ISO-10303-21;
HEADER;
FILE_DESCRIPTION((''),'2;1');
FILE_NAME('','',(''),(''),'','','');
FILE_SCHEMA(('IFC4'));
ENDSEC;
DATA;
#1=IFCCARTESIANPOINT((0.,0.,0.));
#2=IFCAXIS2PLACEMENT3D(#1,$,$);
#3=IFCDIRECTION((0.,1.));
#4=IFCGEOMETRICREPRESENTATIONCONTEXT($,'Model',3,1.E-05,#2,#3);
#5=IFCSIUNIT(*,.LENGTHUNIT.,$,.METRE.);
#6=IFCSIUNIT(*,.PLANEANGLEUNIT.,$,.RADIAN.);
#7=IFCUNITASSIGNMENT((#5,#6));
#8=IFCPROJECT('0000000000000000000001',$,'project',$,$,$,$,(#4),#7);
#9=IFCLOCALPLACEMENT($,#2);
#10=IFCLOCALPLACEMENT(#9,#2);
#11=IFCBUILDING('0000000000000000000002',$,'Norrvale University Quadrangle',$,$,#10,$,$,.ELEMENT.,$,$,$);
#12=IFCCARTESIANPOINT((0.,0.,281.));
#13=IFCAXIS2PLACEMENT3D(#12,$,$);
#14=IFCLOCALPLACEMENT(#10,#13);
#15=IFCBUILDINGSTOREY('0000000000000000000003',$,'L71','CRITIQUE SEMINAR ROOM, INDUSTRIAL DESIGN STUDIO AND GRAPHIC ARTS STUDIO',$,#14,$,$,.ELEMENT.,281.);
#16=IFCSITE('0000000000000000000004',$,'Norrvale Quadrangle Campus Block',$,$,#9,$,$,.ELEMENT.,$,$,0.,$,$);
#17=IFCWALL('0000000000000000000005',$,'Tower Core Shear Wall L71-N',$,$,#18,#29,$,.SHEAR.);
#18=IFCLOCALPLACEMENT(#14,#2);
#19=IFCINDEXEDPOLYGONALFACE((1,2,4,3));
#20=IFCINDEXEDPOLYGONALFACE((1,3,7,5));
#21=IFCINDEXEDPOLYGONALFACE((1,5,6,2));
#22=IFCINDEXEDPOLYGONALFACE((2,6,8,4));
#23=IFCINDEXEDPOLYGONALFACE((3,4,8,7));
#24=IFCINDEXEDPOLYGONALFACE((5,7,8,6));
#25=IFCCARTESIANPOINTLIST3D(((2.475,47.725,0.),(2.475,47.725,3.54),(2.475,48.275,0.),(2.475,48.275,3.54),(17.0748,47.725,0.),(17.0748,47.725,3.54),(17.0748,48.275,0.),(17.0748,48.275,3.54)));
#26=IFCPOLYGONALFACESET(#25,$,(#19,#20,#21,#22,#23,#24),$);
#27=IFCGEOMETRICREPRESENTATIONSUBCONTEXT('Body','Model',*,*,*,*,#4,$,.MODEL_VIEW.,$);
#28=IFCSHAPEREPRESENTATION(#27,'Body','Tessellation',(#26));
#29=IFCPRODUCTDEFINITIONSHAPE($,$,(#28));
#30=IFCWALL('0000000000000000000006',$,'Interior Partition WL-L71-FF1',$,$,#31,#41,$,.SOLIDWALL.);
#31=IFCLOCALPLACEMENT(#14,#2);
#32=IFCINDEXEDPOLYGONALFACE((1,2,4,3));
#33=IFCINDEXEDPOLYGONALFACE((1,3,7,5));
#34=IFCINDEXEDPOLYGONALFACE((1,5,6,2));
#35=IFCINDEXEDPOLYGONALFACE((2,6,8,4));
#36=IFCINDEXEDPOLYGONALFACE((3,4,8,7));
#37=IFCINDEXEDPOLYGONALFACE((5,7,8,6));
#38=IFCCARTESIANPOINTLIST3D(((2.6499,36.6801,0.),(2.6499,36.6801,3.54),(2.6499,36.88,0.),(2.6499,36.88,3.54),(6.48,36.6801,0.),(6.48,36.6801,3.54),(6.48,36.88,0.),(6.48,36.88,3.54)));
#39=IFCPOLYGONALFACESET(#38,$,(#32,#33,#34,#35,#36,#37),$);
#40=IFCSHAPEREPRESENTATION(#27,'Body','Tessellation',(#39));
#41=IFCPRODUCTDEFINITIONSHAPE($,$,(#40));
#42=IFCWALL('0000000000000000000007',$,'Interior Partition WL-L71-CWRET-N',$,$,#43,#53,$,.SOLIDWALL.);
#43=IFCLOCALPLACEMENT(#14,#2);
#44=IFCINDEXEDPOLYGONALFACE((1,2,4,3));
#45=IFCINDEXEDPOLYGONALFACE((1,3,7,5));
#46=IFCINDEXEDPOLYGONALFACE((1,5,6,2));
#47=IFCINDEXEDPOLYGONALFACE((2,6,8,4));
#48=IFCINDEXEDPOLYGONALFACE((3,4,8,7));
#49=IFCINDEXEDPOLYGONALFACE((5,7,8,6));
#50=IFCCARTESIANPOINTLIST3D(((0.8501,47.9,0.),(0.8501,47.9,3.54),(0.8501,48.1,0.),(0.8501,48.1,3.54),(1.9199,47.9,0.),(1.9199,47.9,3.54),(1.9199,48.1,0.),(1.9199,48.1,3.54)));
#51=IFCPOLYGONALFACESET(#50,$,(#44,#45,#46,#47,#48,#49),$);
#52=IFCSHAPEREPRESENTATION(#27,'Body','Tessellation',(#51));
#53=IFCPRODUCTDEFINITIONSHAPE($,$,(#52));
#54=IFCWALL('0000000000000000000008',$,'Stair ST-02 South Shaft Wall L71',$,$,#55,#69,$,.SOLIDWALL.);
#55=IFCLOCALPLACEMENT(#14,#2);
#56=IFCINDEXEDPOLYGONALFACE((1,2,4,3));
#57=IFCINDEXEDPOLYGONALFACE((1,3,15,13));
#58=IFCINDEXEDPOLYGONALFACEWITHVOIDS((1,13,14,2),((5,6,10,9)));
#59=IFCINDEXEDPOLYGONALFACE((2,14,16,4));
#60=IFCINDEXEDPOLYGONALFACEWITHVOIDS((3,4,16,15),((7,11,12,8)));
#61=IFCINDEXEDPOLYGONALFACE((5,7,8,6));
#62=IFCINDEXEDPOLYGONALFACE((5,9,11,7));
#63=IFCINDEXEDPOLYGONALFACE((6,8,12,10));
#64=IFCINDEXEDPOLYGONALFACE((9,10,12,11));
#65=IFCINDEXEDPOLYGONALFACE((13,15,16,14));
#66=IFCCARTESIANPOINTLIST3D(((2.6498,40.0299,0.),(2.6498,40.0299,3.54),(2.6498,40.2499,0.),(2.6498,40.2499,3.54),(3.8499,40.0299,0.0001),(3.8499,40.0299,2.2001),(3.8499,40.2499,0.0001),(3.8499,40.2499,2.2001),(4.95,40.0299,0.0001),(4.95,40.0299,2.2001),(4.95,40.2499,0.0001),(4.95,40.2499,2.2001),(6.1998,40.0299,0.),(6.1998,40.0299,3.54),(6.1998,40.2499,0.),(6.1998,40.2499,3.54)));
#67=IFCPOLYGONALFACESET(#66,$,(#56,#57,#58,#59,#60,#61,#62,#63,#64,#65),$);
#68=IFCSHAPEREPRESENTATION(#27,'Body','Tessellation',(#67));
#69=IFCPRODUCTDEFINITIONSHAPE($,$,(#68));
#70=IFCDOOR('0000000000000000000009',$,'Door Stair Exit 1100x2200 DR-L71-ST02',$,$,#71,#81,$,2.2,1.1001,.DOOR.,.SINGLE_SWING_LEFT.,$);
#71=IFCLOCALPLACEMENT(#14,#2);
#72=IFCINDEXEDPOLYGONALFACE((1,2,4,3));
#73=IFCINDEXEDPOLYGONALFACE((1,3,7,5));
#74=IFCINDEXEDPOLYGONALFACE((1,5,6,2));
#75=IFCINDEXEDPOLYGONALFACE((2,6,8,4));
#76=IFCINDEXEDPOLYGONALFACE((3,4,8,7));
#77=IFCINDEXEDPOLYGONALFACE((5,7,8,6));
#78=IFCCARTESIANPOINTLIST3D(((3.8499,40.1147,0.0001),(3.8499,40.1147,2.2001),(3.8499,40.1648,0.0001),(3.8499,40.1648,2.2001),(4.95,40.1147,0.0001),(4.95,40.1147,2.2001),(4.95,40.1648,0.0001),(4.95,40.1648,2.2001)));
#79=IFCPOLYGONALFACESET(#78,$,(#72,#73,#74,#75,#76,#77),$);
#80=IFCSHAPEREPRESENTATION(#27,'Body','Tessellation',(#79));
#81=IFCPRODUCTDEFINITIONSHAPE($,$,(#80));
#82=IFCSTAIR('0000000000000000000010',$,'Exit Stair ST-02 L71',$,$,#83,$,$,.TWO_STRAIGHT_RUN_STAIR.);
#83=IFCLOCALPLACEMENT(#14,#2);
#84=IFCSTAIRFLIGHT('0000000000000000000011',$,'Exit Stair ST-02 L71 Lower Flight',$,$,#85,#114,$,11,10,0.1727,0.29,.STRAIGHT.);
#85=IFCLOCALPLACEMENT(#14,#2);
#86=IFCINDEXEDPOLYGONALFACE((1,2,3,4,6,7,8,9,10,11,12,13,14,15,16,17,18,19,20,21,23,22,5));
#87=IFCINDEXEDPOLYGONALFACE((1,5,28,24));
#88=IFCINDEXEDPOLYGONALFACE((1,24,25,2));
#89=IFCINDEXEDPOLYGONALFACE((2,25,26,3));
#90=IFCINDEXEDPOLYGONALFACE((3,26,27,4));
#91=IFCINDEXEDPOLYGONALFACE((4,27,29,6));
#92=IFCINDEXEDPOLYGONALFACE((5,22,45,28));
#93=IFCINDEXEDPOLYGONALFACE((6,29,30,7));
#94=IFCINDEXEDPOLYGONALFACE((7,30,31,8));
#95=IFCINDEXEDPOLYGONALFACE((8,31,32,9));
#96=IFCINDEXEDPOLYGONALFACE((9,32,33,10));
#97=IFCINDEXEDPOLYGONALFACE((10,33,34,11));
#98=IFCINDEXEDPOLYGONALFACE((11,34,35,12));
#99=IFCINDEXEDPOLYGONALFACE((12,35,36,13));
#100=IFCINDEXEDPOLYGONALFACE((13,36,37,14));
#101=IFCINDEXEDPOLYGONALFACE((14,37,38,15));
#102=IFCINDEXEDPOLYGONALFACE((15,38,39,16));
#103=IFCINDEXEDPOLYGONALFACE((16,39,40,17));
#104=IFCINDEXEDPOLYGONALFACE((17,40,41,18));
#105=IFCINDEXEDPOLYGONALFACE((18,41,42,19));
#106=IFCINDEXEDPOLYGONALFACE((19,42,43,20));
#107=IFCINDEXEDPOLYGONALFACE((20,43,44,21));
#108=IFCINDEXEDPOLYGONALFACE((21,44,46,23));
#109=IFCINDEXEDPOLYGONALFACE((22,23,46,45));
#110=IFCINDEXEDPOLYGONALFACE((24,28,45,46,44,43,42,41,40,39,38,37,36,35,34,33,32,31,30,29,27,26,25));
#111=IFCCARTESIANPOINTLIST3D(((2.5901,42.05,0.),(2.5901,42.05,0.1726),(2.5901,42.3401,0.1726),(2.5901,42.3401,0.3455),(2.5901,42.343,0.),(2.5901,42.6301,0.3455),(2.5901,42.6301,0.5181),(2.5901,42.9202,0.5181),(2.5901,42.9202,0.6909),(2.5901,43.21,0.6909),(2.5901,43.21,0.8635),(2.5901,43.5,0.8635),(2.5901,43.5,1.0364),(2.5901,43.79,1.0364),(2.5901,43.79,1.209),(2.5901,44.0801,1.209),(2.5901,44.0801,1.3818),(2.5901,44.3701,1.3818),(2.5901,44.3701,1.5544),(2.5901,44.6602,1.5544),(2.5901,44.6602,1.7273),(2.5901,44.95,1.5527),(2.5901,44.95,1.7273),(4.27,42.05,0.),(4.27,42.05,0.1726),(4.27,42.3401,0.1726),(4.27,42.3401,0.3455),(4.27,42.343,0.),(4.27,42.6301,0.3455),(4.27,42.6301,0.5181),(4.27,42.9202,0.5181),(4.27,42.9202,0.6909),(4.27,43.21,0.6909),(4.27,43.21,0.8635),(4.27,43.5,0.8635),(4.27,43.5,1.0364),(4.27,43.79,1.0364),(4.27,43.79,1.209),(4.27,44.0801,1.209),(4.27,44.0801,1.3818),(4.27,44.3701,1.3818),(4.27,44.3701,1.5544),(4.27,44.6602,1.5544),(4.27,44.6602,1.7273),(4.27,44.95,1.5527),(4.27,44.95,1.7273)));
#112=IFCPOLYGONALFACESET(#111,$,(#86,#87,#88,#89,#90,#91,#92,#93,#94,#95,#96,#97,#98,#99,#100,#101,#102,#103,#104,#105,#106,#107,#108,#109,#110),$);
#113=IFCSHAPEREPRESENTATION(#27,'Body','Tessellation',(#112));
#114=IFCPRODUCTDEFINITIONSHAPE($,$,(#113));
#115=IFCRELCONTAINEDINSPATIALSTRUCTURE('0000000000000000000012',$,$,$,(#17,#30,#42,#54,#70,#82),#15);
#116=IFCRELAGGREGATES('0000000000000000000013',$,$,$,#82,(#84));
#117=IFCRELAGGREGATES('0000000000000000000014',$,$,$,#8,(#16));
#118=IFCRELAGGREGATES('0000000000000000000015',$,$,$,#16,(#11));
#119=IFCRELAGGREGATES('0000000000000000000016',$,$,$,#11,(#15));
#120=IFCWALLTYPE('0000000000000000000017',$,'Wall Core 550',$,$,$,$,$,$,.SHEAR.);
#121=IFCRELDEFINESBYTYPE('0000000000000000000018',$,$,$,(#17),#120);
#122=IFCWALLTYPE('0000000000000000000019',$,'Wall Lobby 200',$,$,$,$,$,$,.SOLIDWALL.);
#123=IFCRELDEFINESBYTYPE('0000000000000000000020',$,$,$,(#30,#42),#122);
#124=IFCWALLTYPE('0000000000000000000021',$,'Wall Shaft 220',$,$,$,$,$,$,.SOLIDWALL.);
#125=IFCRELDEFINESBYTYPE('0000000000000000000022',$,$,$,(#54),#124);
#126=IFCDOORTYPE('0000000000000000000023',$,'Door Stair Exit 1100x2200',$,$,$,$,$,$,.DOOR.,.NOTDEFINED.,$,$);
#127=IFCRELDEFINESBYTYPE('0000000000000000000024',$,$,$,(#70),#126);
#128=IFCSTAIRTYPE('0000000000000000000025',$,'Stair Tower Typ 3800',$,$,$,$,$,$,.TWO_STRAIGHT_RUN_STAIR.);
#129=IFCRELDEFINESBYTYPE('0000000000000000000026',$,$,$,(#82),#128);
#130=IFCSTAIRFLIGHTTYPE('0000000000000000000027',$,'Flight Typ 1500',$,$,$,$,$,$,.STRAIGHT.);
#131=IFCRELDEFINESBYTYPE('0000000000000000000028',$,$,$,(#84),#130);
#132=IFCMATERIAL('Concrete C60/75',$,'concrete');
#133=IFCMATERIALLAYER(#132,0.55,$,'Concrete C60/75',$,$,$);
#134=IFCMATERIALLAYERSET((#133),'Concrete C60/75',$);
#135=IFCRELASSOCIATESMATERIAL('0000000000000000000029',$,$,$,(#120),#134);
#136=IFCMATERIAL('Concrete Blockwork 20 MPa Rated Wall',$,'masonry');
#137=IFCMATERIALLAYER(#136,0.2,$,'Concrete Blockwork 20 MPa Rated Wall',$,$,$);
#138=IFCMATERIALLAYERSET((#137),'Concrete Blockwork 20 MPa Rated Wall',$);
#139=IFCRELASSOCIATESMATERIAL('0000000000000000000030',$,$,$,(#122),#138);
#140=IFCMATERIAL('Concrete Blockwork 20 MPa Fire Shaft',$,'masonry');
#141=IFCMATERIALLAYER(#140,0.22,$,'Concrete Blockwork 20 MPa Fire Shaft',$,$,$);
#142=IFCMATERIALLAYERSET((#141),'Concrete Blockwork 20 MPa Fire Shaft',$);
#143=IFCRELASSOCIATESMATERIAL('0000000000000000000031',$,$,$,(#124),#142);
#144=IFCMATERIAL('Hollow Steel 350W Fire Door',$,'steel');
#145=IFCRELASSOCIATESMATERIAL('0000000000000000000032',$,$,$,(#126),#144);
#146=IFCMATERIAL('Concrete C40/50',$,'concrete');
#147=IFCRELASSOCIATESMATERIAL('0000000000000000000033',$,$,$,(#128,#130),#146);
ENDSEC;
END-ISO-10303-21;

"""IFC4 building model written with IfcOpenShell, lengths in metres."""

from ifc_helpers import new_model, si_unit, direction, frame, frame_2d, origin, place, context, subcontext, project, spatial, polyline, rectangle, outline, extrude, material, layer, layer_set, type_object, element, fill, aggregate, save


model = new_model("IFC4")

# Units and contexts
model_context = context("Model", 3, precision=1e-05, world=origin(), true_north=direction((0.0, 1.0)))
body_context = subcontext(model_context, "Body", "Model", "MODEL_VIEW")
ifc_project = project(units=[si_unit("LENGTHUNIT", "METRE"), si_unit("PLANEANGLEUNIT", "RADIAN")], contexts=[model_context])

# Site, building, storey
site_placement = place(None, origin())
site = spatial("IfcSite", under=ifc_project, at=site_placement, Name="Norrvale Quadrangle Campus Block", CompositionType="ELEMENT", RefElevation=0.0)
building_placement = place(site_placement, origin())
building = spatial("IfcBuilding", under=site, at=building_placement, Name="Norrvale University Quadrangle", CompositionType="ELEMENT")
storey_placement = place(building_placement, frame((0.0, 0.0, 281.0)))
storey = spatial("IfcBuildingStorey", under=building, at=storey_placement, Name="L71", Description="CRITIQUE SEMINAR ROOM, INDUSTRIAL DESIGN STUDIO AND GRAPHIC ARTS STUDIO", CompositionType="ELEMENT", Elevation=281.0)

# Shared definitions
ifc_material_1 = material(Name="Concrete C60/75", Category="concrete")

# Walls
ifc_layer_1 = layer(ifc_material_1, 0.55, Name="Concrete C60/75")
ifc_layer_set_1 = layer_set([ifc_layer_1], Name="Concrete C60/75")
wall_type_1 = type_object("IfcWallType", Name="Wall Core 550", PredefinedType="SHEAR", material=ifc_layer_set_1)
wall_1_placement = place(storey_placement, frame((2.4751, 48.0, 0.0), z_axis=(0.0, 0.0, 1.0), x_axis=(1.0, 0.0, 0.0)))
element("IfcWall", 1, at=wall_1_placement, inside=storey, type_object=wall_type_1, Name="Tower Core Shear Wall L71-N", PredefinedType="SHEAR", context=body_context, shape_type="SweptSolid", body=[
    extrude(rectangle(XDim=14.5999, YDim=0.55, at=frame_2d((7.2998, 0.0))), origin(), (0.0, 0.0, 1.0), 3.54),
])
ifc_material_2 = material(Name="Concrete Blockwork 20 MPa Rated Wall", Category="masonry")
ifc_layer_2 = layer(ifc_material_2, 0.2, Name="Concrete Blockwork 20 MPa Rated Wall")
ifc_layer_set_2 = layer_set([ifc_layer_2], Name="Concrete Blockwork 20 MPa Rated Wall")
wall_type_2 = type_object("IfcWallType", Name="Wall Lobby 200", PredefinedType="SOLIDWALL", material=ifc_layer_set_2)
wall_2_placement = place(storey_placement, frame((2.6499, 36.78, 0.0), z_axis=(0.0, 0.0, 1.0), x_axis=(1.0, 0.0, 0.0)))
element("IfcWall", 2, at=wall_2_placement, inside=storey, type_object=wall_type_2, Name="Interior Partition WL-L71-FF1", PredefinedType="SOLIDWALL", context=body_context, shape_type="SweptSolid", body=[
    extrude(rectangle(XDim=3.8301, YDim=0.2, at=frame_2d((1.915, 0.0))), origin(), (0.0, 0.0, 1.0), 3.54),
])
wall_3_placement = place(storey_placement, frame((0.8501, 48.0, 0.0), z_axis=(0.0, 0.0, 1.0), x_axis=(1.0, 0.0, 0.0)))
element("IfcWall", 3, at=wall_3_placement, inside=storey, type_object=wall_type_2, Name="Interior Partition WL-L71-CWRET-N", PredefinedType="SOLIDWALL", context=body_context, shape_type="SweptSolid", body=[
    extrude(rectangle(XDim=1.0698, YDim=0.2, at=frame_2d((0.5349, 0.0))), origin(), (0.0, 0.0, 1.0), 3.54),
])

# Wall, opening, door
ifc_material_3 = material(Name="Concrete Blockwork 20 MPa Fire Shaft", Category="masonry")
ifc_layer_3 = layer(ifc_material_3, 0.22, Name="Concrete Blockwork 20 MPa Fire Shaft")
ifc_layer_set_3 = layer_set([ifc_layer_3], Name="Concrete Blockwork 20 MPa Fire Shaft")
wall_type_3 = type_object("IfcWallType", Name="Wall Shaft 220", PredefinedType="SOLIDWALL", material=ifc_layer_set_3)
wall_4_placement = place(storey_placement, frame((2.6499, 40.1399, 0.0), z_axis=(0.0, 0.0, 1.0), x_axis=(1.0, 0.0, 0.0)))
wall_4 = element("IfcWall", 4, at=wall_4_placement, inside=storey, type_object=wall_type_3, Name="Stair ST-02 South Shaft Wall L71", PredefinedType="SOLIDWALL", context=body_context, shape_type="SweptSolid", body=[
    extrude(rectangle(XDim=3.55, YDim=0.22, at=frame_2d((1.7749, 0.0))), origin(), (0.0, 0.0, 1.0), 3.54),
])
opening_1_placement = place(wall_4_placement, frame((1.2, 0.0, 0.0)))
opening_1 = element("IfcOpeningElement", 5, at=opening_1_placement, cuts=wall_4, PredefinedType="OPENING", context=body_context, shape_type="SweptSolid", body=[
    extrude(rectangle(XDim=1.1001, YDim=2.2, at=frame_2d((0.55, 1.1001))), frame((0.0, 0.1221, 0.0), z_axis=(0.0, -1.0, 0.0), x_axis=(1.0, 0.0, 0.0)), (0.0, 0.0, 1.0), 0.2439),
])
ifc_material_4 = material(Name="Hollow Steel 350W Fire Door", Category="steel")
door_type = type_object("IfcDoorType", Name="Door Stair Exit 1100x2200", OperationType="NOTDEFINED", PredefinedType="DOOR", material=ifc_material_4)
door_placement = place(opening_1_placement, origin())
door = element("IfcDoor", 6, at=door_placement, inside=storey, type_object=door_type, Name="Door Stair Exit 1100x2200 DR-L71-ST02", OperationType="SINGLE_SWING_LEFT", OverallHeight=2.2, OverallWidth=1.1001, PredefinedType="DOOR", context=body_context, shape_type="SweptSolid", body=[
    extrude(rectangle(XDim=1.1001, YDim=2.2, at=frame_2d((0.55, 1.1001))), frame((0.0, 0.0249, 0.0), z_axis=(0.0, -1.0, 0.0), x_axis=(1.0, 0.0, 0.0)), (0.0, 0.0, 1.0), 0.05),
])
fill(opening_1, door)

# Stair, stair flight
ifc_material_5 = material(Name="Concrete C40/50", Category="concrete")
stair_type = type_object("IfcStairType", Name="Stair Tower Typ 3800", PredefinedType="TWO_STRAIGHT_RUN_STAIR", material=ifc_material_5)
stair_placement = place(storey_placement, origin())
stair = element("IfcStair", 7, at=stair_placement, inside=storey, type_object=stair_type, Name="Exit Stair ST-02 L71", PredefinedType="TWO_STRAIGHT_RUN_STAIR")
stair_flight_type = type_object("IfcStairFlightType", Name="Flight Typ 1500", PredefinedType="STRAIGHT", material=ifc_material_5)
stair_flight_placement = place(storey_placement, frame((3.4299, 42.05, 0.0), z_axis=(0.0, 0.0, 1.0), x_axis=(0.0, 1.0, 0.0)))
stair_flight = element("IfcStairFlight", 8, at=stair_flight_placement, type_object=stair_flight_type, Name="Exit Stair ST-02 L71 Lower Flight", NumberOfRisers=11, NumberOfTreads=10, PredefinedType="STRAIGHT", RiserHeight=0.1727, TreadLength=0.29, context=body_context, shape_type="SweptSolid", body=[
    extrude(outline(polyline([(0.0, 0.0), (0.0, 0.1726), (0.29, 0.1726), (0.29, 0.3455), (0.5801, 0.3455), (0.5801, 0.5181), (0.8701, 0.5181), (0.8701, 0.6909), (1.1599, 0.6909), (1.1599, 0.8635), (1.45, 0.8635), (1.45, 1.0364), (1.74, 1.0364), (1.74, 1.209), (2.03, 1.209), (2.03, 1.3818), (2.3201, 1.3818), (2.3201, 1.5544), (2.6101, 1.5544), (2.6101, 1.7273), (2.8999, 1.7273), (2.8999, 1.8999), (2.8999, 1.5527), (0.293, 0.0), (0.0, 0.0)])), frame((0.0, 0.8398, 0.0), z_axis=(0.0, -1.0, 0.0), x_axis=(1.0, 0.0, 0.0)), (0.0, 0.0, 1.0), 1.6799),
])
aggregate(stair, [stair_flight])

save(model, "model.ifc")
